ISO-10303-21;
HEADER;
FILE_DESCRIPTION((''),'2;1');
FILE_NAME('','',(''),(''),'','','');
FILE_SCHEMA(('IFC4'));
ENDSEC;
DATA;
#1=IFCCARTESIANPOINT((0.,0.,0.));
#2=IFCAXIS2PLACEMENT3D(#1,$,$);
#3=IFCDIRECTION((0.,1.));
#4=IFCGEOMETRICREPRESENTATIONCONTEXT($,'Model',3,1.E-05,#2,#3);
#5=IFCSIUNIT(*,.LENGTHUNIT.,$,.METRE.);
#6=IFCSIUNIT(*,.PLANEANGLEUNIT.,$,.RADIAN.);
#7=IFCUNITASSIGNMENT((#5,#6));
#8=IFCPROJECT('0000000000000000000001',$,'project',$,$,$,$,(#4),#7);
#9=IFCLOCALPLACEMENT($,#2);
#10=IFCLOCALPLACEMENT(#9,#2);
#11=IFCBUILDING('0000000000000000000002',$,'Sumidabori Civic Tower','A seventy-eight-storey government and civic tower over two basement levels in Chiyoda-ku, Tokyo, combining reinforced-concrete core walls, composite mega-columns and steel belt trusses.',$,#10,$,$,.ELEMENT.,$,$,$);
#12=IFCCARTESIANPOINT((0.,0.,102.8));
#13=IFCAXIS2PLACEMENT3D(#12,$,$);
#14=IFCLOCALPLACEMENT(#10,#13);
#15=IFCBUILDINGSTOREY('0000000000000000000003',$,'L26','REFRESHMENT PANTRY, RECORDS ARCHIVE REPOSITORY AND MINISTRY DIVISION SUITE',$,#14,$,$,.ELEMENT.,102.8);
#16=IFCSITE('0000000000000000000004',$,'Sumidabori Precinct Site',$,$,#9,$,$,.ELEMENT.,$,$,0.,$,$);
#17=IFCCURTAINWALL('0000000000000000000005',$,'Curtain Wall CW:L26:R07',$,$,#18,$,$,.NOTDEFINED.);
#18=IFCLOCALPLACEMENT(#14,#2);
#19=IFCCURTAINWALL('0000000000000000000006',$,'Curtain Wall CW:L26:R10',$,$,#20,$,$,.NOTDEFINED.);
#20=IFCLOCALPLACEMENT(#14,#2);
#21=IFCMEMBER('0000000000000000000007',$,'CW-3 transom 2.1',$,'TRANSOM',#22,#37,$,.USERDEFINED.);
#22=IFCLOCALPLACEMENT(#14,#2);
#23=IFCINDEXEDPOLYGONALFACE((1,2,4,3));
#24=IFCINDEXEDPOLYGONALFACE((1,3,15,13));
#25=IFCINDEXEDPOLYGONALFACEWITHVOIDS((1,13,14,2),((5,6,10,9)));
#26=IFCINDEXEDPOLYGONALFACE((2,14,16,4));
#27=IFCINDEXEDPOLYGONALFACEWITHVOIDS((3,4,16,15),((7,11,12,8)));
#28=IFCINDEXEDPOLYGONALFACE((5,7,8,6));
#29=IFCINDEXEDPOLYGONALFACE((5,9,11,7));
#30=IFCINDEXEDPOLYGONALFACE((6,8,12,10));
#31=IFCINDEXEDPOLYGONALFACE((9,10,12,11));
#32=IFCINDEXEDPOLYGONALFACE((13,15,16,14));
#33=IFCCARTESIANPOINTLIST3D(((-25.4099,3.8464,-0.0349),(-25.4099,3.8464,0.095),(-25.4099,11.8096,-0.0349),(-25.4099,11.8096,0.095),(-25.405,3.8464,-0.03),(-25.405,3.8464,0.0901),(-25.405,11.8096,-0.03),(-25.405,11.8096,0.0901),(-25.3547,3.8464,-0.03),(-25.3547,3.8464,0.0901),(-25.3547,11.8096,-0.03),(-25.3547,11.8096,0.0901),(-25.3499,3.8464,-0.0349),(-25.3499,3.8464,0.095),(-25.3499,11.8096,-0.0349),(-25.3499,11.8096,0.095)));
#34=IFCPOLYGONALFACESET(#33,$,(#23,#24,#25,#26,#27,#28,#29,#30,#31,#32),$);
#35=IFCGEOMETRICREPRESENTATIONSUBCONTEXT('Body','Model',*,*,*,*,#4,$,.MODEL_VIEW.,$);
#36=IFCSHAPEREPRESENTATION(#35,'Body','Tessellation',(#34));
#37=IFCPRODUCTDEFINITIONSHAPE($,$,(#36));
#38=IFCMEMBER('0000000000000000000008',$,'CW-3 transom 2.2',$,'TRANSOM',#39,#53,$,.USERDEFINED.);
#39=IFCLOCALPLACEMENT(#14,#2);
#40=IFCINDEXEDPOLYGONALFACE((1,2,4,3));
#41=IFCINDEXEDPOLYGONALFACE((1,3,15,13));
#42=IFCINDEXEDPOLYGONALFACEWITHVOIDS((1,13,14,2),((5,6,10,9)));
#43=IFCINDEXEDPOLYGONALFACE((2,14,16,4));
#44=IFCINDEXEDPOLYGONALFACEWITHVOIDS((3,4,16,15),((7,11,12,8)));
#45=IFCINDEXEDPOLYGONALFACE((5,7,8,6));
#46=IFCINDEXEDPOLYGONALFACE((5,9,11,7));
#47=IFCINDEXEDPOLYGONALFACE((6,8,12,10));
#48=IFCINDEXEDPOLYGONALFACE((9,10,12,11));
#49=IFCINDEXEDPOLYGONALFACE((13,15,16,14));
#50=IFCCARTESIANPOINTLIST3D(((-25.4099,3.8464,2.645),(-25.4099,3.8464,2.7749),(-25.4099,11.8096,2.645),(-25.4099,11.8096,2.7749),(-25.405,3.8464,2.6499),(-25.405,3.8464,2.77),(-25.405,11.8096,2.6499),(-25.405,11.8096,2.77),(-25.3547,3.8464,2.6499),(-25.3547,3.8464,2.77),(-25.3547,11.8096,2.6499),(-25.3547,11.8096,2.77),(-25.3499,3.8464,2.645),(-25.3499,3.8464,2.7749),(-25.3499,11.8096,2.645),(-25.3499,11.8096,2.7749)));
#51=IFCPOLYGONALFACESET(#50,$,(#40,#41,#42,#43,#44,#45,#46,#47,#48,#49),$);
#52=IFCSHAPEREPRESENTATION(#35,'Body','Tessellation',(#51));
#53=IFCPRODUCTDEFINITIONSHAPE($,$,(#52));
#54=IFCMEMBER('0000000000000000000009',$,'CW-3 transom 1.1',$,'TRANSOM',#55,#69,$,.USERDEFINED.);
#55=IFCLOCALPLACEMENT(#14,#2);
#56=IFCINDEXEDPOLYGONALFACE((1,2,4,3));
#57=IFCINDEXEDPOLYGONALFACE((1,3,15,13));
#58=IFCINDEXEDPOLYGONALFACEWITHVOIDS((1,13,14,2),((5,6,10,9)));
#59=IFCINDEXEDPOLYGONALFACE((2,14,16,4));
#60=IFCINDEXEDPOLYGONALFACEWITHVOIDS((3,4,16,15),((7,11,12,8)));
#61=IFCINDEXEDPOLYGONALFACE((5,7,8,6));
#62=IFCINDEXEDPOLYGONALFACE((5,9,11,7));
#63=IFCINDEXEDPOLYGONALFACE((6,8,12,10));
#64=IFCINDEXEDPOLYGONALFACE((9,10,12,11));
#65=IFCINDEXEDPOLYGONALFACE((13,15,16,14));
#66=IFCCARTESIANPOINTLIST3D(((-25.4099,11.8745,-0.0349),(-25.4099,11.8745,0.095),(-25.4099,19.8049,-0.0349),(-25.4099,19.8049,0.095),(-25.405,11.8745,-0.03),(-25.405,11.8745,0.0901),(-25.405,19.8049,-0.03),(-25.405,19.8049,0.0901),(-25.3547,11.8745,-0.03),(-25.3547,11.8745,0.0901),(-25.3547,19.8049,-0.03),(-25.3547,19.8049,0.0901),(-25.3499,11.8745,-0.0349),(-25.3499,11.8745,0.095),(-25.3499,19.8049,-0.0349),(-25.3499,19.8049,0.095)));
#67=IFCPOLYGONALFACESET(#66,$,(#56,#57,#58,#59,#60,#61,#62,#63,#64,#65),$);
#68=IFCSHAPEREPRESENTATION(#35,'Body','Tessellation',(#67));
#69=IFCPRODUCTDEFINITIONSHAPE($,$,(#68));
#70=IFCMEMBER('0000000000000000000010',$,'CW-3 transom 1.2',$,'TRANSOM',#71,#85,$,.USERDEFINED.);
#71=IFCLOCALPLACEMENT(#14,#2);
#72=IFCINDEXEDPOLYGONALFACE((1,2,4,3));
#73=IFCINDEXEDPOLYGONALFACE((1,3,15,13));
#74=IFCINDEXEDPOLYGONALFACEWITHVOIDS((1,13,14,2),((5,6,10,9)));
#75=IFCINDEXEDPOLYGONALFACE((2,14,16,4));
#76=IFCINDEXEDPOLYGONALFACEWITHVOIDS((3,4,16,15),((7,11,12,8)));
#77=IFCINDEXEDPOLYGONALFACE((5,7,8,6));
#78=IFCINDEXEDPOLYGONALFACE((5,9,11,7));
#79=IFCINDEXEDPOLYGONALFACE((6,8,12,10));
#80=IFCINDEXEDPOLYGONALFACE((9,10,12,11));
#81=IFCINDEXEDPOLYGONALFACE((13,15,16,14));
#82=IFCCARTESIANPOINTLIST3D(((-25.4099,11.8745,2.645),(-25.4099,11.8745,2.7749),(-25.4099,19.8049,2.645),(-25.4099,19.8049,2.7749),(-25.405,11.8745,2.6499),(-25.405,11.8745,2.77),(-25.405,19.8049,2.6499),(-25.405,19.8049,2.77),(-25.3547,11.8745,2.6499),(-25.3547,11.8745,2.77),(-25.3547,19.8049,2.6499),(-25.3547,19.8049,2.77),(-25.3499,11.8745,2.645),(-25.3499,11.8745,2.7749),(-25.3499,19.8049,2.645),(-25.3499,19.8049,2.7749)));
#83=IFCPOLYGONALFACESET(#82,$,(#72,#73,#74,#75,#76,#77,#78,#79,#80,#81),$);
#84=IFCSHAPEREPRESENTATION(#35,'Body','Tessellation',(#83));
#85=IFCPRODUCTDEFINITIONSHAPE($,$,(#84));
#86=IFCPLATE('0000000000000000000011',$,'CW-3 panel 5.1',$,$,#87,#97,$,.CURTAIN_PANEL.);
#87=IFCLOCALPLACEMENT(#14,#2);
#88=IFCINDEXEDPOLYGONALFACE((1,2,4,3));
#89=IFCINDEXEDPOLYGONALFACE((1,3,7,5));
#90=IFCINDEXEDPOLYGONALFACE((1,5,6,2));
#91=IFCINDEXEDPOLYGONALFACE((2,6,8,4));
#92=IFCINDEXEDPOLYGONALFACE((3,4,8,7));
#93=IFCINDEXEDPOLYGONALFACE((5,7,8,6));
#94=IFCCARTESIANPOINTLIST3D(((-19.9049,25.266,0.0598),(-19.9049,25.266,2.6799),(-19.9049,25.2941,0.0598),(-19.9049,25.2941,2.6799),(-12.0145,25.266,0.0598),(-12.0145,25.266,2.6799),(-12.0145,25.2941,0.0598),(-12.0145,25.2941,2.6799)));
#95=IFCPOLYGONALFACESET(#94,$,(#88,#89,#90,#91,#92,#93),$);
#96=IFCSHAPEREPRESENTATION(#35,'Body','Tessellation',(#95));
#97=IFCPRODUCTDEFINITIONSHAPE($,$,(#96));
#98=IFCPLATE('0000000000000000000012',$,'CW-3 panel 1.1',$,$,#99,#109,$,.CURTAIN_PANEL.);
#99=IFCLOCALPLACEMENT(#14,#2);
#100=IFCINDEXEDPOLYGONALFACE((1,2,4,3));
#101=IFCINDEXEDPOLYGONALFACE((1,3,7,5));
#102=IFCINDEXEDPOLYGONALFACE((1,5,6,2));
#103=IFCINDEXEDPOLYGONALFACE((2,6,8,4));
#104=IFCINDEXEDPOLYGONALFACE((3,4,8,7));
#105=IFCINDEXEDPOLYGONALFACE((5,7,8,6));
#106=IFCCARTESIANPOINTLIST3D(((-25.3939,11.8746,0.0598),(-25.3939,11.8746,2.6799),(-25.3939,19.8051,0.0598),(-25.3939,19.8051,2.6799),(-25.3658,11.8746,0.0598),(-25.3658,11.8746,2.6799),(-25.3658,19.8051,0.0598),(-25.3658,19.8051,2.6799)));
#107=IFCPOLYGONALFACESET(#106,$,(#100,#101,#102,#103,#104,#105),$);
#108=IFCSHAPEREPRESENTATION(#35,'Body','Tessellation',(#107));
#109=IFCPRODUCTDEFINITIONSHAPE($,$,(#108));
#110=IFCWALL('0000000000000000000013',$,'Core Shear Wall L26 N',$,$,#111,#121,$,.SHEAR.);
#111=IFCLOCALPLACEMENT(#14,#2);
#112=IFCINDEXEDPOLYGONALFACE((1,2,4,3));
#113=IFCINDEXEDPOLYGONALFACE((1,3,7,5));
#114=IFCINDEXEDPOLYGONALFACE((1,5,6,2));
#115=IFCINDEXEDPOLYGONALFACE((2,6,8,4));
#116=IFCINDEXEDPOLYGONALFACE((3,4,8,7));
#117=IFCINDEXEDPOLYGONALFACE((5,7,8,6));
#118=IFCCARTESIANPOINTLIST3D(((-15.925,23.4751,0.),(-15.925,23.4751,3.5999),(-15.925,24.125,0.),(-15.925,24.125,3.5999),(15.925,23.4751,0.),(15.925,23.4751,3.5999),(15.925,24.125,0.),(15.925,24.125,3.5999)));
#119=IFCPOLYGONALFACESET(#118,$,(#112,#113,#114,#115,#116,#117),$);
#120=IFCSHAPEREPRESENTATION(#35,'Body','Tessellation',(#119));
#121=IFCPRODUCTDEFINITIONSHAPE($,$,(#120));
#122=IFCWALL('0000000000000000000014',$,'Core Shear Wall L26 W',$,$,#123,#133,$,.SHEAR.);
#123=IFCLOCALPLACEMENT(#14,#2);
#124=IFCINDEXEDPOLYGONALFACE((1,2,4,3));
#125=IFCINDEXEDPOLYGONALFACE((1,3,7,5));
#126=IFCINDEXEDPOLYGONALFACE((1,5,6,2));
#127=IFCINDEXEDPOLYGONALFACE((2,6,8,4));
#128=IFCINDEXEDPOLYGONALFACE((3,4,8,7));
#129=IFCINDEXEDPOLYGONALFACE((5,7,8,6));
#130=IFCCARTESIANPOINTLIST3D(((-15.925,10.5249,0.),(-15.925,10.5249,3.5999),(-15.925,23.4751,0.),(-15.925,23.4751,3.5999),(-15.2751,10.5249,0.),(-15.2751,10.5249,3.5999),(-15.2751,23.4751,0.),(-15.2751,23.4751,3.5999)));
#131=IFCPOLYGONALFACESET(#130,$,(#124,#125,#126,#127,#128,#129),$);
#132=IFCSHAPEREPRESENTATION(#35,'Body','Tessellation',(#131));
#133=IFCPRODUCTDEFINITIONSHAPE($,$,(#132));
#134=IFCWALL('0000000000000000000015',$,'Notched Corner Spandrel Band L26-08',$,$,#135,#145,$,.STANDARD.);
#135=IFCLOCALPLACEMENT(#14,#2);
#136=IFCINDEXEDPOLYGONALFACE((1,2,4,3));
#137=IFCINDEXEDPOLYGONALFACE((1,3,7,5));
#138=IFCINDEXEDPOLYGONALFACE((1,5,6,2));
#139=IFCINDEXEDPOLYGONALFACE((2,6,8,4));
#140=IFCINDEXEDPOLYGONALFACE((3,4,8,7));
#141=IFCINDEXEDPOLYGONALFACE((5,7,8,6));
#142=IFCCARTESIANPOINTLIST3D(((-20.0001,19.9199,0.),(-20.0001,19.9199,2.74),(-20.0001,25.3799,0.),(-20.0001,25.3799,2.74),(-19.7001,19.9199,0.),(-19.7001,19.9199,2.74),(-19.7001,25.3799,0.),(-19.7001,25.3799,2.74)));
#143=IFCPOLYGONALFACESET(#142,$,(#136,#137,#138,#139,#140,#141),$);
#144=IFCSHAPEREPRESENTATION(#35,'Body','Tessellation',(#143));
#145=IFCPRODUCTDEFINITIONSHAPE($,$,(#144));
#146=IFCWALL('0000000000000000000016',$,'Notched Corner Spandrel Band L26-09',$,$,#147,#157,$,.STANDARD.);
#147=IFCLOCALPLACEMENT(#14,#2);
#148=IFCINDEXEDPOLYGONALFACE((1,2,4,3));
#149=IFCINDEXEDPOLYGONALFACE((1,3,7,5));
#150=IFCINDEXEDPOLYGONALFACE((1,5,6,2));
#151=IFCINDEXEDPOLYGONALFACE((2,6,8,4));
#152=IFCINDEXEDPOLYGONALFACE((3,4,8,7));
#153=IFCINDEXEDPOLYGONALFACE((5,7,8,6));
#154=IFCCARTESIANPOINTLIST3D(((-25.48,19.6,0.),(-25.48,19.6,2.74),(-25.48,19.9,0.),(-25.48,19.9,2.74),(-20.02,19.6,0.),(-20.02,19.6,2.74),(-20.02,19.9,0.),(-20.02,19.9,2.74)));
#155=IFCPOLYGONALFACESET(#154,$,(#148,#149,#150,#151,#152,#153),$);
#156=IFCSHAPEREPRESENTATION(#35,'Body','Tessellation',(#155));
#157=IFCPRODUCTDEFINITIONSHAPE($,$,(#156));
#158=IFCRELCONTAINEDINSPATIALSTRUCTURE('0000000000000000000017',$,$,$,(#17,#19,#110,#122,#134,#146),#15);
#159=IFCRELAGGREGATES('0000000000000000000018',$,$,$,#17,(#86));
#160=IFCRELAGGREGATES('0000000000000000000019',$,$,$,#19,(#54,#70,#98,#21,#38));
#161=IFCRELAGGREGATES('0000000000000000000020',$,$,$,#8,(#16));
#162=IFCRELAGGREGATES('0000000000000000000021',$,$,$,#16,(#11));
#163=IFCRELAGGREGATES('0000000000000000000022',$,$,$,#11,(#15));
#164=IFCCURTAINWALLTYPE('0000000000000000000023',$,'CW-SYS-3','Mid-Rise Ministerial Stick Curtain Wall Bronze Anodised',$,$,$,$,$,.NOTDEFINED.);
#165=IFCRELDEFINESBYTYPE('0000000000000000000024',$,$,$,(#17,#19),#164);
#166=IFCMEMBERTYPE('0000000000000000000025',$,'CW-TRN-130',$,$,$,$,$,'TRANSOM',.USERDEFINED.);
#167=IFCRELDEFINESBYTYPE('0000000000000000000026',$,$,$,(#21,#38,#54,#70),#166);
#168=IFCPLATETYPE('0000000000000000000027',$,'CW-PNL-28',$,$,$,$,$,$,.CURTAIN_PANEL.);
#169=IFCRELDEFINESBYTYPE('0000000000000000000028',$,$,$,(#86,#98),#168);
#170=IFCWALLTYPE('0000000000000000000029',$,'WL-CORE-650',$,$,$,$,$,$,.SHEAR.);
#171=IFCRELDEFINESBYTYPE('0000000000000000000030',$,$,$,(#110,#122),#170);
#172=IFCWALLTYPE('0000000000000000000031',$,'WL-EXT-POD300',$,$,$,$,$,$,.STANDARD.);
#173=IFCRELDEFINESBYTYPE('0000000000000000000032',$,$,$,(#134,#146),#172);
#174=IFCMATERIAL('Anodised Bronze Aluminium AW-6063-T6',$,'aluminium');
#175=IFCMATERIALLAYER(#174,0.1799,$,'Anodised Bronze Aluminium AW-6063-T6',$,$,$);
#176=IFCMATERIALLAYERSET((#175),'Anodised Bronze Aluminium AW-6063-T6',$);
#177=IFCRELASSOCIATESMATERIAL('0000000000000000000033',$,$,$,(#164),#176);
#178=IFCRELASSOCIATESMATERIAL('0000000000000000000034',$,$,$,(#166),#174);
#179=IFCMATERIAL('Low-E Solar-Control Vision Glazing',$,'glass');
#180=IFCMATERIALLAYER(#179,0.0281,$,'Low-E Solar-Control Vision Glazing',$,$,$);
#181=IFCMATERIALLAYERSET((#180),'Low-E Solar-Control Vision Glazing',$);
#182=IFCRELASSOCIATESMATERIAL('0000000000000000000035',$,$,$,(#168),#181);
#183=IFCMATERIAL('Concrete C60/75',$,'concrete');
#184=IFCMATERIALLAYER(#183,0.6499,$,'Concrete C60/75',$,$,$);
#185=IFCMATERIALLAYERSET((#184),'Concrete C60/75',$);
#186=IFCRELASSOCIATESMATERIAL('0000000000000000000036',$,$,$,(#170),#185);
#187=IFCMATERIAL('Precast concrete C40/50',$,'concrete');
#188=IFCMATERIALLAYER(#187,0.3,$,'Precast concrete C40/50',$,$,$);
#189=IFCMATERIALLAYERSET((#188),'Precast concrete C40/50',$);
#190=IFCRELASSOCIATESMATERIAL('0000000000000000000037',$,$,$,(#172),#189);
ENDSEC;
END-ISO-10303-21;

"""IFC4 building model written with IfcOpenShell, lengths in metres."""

from ifc_helpers import new_model, si_unit, direction, frame, frame_2d, origin, origin_2d, place, context, subcontext, project, spatial, rectangle, hollow_rectangle, extrude, source, transform, mapped, material, layer, layer_set, material_profile, profile_set, type_object, element, aggregate, save


model = new_model("IFC4")

# Units and contexts
model_context = context("Model", 3, precision=1e-05, world=origin(), true_north=direction((0.0, 1.0)))
body_context = subcontext(model_context, "Body", "Model", "MODEL_VIEW")
ifc_project = project(units=[si_unit("LENGTHUNIT", "METRE"), si_unit("PLANEANGLEUNIT", "RADIAN")], contexts=[model_context])

# Site, building, storey
site_placement = place(None, origin())
site = spatial("IfcSite", under=ifc_project, at=site_placement, Name="Sumidabori Precinct Site", CompositionType="ELEMENT", RefElevation=0.0)
building_placement = place(site_placement, origin())
building = spatial("IfcBuilding", under=site, at=building_placement, Name="Sumidabori Civic Tower", Description="A seventy-eight-storey government and civic tower over two basement levels in Chiyoda-ku, Tokyo, combining reinforced-concrete core walls, composite mega-columns and steel belt trusses.", CompositionType="ELEMENT")
storey_placement = place(building_placement, frame((0.0, 0.0, 102.8)))
storey = spatial("IfcBuildingStorey", under=building, at=storey_placement, Name="L26", Description="REFRESHMENT PANTRY, RECORDS ARCHIVE REPOSITORY AND MINISTRY DIVISION SUITE", CompositionType="ELEMENT", Elevation=102.8)

# Shared definitions
ifc_material_1 = material(Name="Concrete C60/75", Category="concrete")

# Curtain wall
ifc_material_2 = material(Name="Anodised Bronze Aluminium AW-6063-T6", Category="aluminium")
ifc_layer_1 = layer(ifc_material_2, 0.1799, Name="Anodised Bronze Aluminium AW-6063-T6")
ifc_layer_set_1 = layer_set([ifc_layer_1], Name="Anodised Bronze Aluminium AW-6063-T6")
curtain_wall_type = type_object("IfcCurtainWallType", Name="CW-SYS-3", Description="Mid-Rise Ministerial Stick Curtain Wall Bronze Anodised", PredefinedType="NOTDEFINED", material=ifc_layer_set_1)
curtain_wall_1_placement = place(storey_placement, origin())
curtain_wall_1 = element("IfcCurtainWall", 1, at=curtain_wall_1_placement, inside=storey, type_object=curtain_wall_type, Name="Curtain Wall CW:L26:R07", PredefinedType="NOTDEFINED")

# Curtain wall, members
curtain_wall_2_placement = place(storey_placement, origin())
curtain_wall_2 = element("IfcCurtainWall", 2, at=curtain_wall_2_placement, inside=storey, type_object=curtain_wall_type, Name="Curtain Wall CW:L26:R10", PredefinedType="NOTDEFINED")
ifc_material_profile_1 = material_profile(ifc_material_2, hollow_rectangle(XDim=0.0601, YDim=0.1299, WallThickness=0.0049, at=origin_2d()), Name="ALU TRANSOM 130x60")
ifc_profile_set_1 = profile_set([ifc_material_profile_1], Name="Anodised Bronze Aluminium AW-6063-T6")
member_type_1 = type_object("IfcMemberType", Name="CW-TRN-130", ElementType="TRANSOM", PredefinedType="USERDEFINED", material=ifc_profile_set_1)
shared_shape_1 = source(origin(), body_context, "Body", "SweptSolid", [
    extrude(hollow_rectangle(XDim=0.0601, YDim=0.1299, WallThickness=0.0049, at=origin_2d()), origin(), (0.0, 0.0, 1.0), 7.9631),
])
member_1_placement = place(storey_placement, frame((-25.3799, 11.8096, 0.03), z_axis=(0.0, -1.0, 0.0), x_axis=(1.0, 0.0, 0.0)))
member_1 = element("IfcMember", 3, at=member_1_placement, type_object=member_type_1, Name="CW-3 transom 2.1", ObjectType="TRANSOM", PredefinedType="USERDEFINED", context=body_context, shape_type="MappedRepresentation", body=[
    mapped(shared_shape_1, transform((0.0, 0.0, 0.0), x_axis=(1.0, 0.0, 0.0), y_axis=(0.0, 1.0, 0.0), z_axis=(0.0, 0.0, 1.0), scale=1.0)),
])
member_2_placement = place(storey_placement, frame((-25.3799, 11.8096, 2.71), z_axis=(0.0, -1.0, 0.0), x_axis=(1.0, 0.0, 0.0)))
member_2 = element("IfcMember", 4, at=member_2_placement, type_object=member_type_1, Name="CW-3 transom 2.2", ObjectType="TRANSOM", PredefinedType="USERDEFINED", context=body_context, shape_type="MappedRepresentation", body=[
    mapped(shared_shape_1, transform((0.0, 0.0, 0.0), x_axis=(1.0, 0.0, 0.0), y_axis=(0.0, 1.0, 0.0), z_axis=(0.0, 0.0, 1.0), scale=1.0)),
])
shared_shape_2 = source(origin(), body_context, "Body", "SweptSolid", [
    extrude(hollow_rectangle(XDim=0.0601, YDim=0.1299, WallThickness=0.0049, at=origin_2d()), origin(), (0.0, 0.0, 1.0), 7.9304),
])
member_3_placement = place(storey_placement, frame((-25.3799, 19.8049, 0.03), z_axis=(0.0, -1.0, 0.0), x_axis=(1.0, 0.0, 0.0)))
member_3 = element("IfcMember", 5, at=member_3_placement, type_object=member_type_1, Name="CW-3 transom 1.1", ObjectType="TRANSOM", PredefinedType="USERDEFINED", context=body_context, shape_type="MappedRepresentation", body=[
    mapped(shared_shape_2, transform((0.0, 0.0, 0.0), x_axis=(1.0, 0.0, 0.0), y_axis=(0.0, 1.0, 0.0), z_axis=(0.0, 0.0, 1.0), scale=1.0)),
])
member_4_placement = place(storey_placement, frame((-25.3799, 19.8049, 2.71), z_axis=(0.0, -1.0, 0.0), x_axis=(1.0, 0.0, 0.0)))
member_4 = element("IfcMember", 6, at=member_4_placement, type_object=member_type_1, Name="CW-3 transom 1.2", ObjectType="TRANSOM", PredefinedType="USERDEFINED", context=body_context, shape_type="MappedRepresentation", body=[
    mapped(shared_shape_2, transform((0.0, 0.0, 0.0), x_axis=(1.0, 0.0, 0.0), y_axis=(0.0, 1.0, 0.0), z_axis=(0.0, 0.0, 1.0), scale=1.0)),
])

# Plates
ifc_material_3 = material(Name="Low-E Solar-Control Vision Glazing", Category="glass")
ifc_layer_2 = layer(ifc_material_3, 0.0281, Name="Low-E Solar-Control Vision Glazing")
ifc_layer_set_2 = layer_set([ifc_layer_2], Name="Low-E Solar-Control Vision Glazing")
plate_type = type_object("IfcPlateType", Name="CW-PNL-28", PredefinedType="CURTAIN_PANEL", material=ifc_layer_set_2)
shared_shape_3 = source(origin(), body_context, "Body", "SweptSolid", [
    extrude(rectangle(XDim=7.8904, YDim=0.0281, at=origin_2d()), origin(), (0.0, 0.0, 1.0), 2.6201),
])
plate_1_placement = place(storey_placement, frame((-15.9597, 25.28, 0.0598), z_axis=(0.0, 0.0, 1.0), x_axis=(-1.0, 0.0, 0.0)))
plate_1 = element("IfcPlate", 7, at=plate_1_placement, type_object=plate_type, Name="CW-3 panel 5.1", PredefinedType="CURTAIN_PANEL", context=body_context, shape_type="MappedRepresentation", body=[
    mapped(shared_shape_3, transform((0.0, 0.0, 0.0), x_axis=(1.0, 0.0, 0.0), y_axis=(0.0, 1.0, 0.0), z_axis=(0.0, 0.0, 1.0), scale=1.0)),
])
aggregate(curtain_wall_1, [plate_1])
shared_shape_4 = source(origin(), body_context, "Body", "SweptSolid", [
    extrude(rectangle(XDim=7.9304, YDim=0.0281, at=origin_2d()), origin(), (0.0, 0.0, 1.0), 2.6201),
])
plate_2_placement = place(storey_placement, frame((-25.3799, 15.8398, 0.0598), z_axis=(0.0, 0.0, 1.0), x_axis=(0.0, -1.0, 0.0)))
plate_2 = element("IfcPlate", 8, at=plate_2_placement, type_object=plate_type, Name="CW-3 panel 1.1", PredefinedType="CURTAIN_PANEL", context=body_context, shape_type="MappedRepresentation", body=[
    mapped(shared_shape_4, transform((0.0, 0.0, 0.0), x_axis=(1.0, 0.0, 0.0), y_axis=(0.0, 1.0, 0.0), z_axis=(0.0, 0.0, 1.0), scale=1.0)),
])
aggregate(curtain_wall_2, [member_3, member_4, plate_2, member_1, member_2])

# Walls
ifc_layer_3 = layer(ifc_material_1, 0.6499, Name="Concrete C60/75")
ifc_layer_set_3 = layer_set([ifc_layer_3], Name="Concrete C60/75")
wall_type_1 = type_object("IfcWallType", Name="WL-CORE-650", PredefinedType="SHEAR", material=ifc_layer_set_3)
shared_shape_5 = source(origin(), body_context, "Body", "SweptSolid", [
    extrude(rectangle(XDim=31.8501, YDim=0.6499, at=frame_2d((15.925, 0.0))), origin(), (0.0, 0.0, 1.0), 3.5999),
])
wall_1_placement = place(storey_placement, frame((-15.925, 23.8, 0.0), z_axis=(0.0, 0.0, 1.0), x_axis=(1.0, 0.0, 0.0)))
element("IfcWall", 9, at=wall_1_placement, inside=storey, type_object=wall_type_1, Name="Core Shear Wall L26 N", PredefinedType="SHEAR", context=body_context, shape_type="MappedRepresentation", body=[
    mapped(shared_shape_5, transform((0.0, 0.0, 0.0), x_axis=(1.0, 0.0, 0.0), y_axis=(0.0, 1.0, 0.0), z_axis=(0.0, 0.0, 1.0), scale=1.0)),
])
shared_shape_6 = source(origin(), body_context, "Body", "SweptSolid", [
    extrude(rectangle(XDim=12.9502, YDim=0.6499, at=frame_2d((6.4751, 0.0))), origin(), (0.0, 0.0, 1.0), 3.5999),
])
wall_2_placement = place(storey_placement, frame((-15.6001, 10.5249, 0.0), z_axis=(0.0, 0.0, 1.0), x_axis=(0.0, 1.0, 0.0)))
element("IfcWall", 10, at=wall_2_placement, inside=storey, type_object=wall_type_1, Name="Core Shear Wall L26 W", PredefinedType="SHEAR", context=body_context, shape_type="MappedRepresentation", body=[
    mapped(shared_shape_6, transform((0.0, 0.0, 0.0), x_axis=(1.0, 0.0, 0.0), y_axis=(0.0, 1.0, 0.0), z_axis=(0.0, 0.0, 1.0), scale=1.0)),
])
ifc_material_4 = material(Name="Precast concrete C40/50", Category="concrete")
ifc_layer_4 = layer(ifc_material_4, 0.3, Name="Precast concrete C40/50")
ifc_layer_set_4 = layer_set([ifc_layer_4], Name="Precast concrete C40/50")
wall_type_2 = type_object("IfcWallType", Name="WL-EXT-POD300", PredefinedType="STANDARD", material=ifc_layer_set_4)
shared_shape_7 = source(origin(), body_context, "Body", "SweptSolid", [
    extrude(rectangle(XDim=5.46, YDim=0.3, at=frame_2d((2.73, 0.0))), origin(), (0.0, 0.0, 1.0), 2.74),
])
for number, where, z_axis, x_axis, name in (
    (11, (-19.8501, 25.3799, 0.0), (0.0, 0.0, 1.0), (0.0, -1.0, 0.0), "Notched Corner Spandrel Band L26-08"),
    (12, (-20.02, 19.75, 0.0), (0.0, 0.0, 1.0), (-1.0, 0.0, 0.0), "Notched Corner Spandrel Band L26-09"),
):
    element("IfcWall", number, at=place(storey_placement, frame(where, z_axis=z_axis, x_axis=x_axis)), inside=storey, type_object=wall_type_2, Name=name, PredefinedType="STANDARD", context=body_context, shape_type="MappedRepresentation", body=[
        mapped(shared_shape_7, transform((0.0, 0.0, 0.0), x_axis=(1.0, 0.0, 0.0), y_axis=(0.0, 1.0, 0.0), z_axis=(0.0, 0.0, 1.0), scale=1.0)),
    ])

save(model, "model.ifc")
